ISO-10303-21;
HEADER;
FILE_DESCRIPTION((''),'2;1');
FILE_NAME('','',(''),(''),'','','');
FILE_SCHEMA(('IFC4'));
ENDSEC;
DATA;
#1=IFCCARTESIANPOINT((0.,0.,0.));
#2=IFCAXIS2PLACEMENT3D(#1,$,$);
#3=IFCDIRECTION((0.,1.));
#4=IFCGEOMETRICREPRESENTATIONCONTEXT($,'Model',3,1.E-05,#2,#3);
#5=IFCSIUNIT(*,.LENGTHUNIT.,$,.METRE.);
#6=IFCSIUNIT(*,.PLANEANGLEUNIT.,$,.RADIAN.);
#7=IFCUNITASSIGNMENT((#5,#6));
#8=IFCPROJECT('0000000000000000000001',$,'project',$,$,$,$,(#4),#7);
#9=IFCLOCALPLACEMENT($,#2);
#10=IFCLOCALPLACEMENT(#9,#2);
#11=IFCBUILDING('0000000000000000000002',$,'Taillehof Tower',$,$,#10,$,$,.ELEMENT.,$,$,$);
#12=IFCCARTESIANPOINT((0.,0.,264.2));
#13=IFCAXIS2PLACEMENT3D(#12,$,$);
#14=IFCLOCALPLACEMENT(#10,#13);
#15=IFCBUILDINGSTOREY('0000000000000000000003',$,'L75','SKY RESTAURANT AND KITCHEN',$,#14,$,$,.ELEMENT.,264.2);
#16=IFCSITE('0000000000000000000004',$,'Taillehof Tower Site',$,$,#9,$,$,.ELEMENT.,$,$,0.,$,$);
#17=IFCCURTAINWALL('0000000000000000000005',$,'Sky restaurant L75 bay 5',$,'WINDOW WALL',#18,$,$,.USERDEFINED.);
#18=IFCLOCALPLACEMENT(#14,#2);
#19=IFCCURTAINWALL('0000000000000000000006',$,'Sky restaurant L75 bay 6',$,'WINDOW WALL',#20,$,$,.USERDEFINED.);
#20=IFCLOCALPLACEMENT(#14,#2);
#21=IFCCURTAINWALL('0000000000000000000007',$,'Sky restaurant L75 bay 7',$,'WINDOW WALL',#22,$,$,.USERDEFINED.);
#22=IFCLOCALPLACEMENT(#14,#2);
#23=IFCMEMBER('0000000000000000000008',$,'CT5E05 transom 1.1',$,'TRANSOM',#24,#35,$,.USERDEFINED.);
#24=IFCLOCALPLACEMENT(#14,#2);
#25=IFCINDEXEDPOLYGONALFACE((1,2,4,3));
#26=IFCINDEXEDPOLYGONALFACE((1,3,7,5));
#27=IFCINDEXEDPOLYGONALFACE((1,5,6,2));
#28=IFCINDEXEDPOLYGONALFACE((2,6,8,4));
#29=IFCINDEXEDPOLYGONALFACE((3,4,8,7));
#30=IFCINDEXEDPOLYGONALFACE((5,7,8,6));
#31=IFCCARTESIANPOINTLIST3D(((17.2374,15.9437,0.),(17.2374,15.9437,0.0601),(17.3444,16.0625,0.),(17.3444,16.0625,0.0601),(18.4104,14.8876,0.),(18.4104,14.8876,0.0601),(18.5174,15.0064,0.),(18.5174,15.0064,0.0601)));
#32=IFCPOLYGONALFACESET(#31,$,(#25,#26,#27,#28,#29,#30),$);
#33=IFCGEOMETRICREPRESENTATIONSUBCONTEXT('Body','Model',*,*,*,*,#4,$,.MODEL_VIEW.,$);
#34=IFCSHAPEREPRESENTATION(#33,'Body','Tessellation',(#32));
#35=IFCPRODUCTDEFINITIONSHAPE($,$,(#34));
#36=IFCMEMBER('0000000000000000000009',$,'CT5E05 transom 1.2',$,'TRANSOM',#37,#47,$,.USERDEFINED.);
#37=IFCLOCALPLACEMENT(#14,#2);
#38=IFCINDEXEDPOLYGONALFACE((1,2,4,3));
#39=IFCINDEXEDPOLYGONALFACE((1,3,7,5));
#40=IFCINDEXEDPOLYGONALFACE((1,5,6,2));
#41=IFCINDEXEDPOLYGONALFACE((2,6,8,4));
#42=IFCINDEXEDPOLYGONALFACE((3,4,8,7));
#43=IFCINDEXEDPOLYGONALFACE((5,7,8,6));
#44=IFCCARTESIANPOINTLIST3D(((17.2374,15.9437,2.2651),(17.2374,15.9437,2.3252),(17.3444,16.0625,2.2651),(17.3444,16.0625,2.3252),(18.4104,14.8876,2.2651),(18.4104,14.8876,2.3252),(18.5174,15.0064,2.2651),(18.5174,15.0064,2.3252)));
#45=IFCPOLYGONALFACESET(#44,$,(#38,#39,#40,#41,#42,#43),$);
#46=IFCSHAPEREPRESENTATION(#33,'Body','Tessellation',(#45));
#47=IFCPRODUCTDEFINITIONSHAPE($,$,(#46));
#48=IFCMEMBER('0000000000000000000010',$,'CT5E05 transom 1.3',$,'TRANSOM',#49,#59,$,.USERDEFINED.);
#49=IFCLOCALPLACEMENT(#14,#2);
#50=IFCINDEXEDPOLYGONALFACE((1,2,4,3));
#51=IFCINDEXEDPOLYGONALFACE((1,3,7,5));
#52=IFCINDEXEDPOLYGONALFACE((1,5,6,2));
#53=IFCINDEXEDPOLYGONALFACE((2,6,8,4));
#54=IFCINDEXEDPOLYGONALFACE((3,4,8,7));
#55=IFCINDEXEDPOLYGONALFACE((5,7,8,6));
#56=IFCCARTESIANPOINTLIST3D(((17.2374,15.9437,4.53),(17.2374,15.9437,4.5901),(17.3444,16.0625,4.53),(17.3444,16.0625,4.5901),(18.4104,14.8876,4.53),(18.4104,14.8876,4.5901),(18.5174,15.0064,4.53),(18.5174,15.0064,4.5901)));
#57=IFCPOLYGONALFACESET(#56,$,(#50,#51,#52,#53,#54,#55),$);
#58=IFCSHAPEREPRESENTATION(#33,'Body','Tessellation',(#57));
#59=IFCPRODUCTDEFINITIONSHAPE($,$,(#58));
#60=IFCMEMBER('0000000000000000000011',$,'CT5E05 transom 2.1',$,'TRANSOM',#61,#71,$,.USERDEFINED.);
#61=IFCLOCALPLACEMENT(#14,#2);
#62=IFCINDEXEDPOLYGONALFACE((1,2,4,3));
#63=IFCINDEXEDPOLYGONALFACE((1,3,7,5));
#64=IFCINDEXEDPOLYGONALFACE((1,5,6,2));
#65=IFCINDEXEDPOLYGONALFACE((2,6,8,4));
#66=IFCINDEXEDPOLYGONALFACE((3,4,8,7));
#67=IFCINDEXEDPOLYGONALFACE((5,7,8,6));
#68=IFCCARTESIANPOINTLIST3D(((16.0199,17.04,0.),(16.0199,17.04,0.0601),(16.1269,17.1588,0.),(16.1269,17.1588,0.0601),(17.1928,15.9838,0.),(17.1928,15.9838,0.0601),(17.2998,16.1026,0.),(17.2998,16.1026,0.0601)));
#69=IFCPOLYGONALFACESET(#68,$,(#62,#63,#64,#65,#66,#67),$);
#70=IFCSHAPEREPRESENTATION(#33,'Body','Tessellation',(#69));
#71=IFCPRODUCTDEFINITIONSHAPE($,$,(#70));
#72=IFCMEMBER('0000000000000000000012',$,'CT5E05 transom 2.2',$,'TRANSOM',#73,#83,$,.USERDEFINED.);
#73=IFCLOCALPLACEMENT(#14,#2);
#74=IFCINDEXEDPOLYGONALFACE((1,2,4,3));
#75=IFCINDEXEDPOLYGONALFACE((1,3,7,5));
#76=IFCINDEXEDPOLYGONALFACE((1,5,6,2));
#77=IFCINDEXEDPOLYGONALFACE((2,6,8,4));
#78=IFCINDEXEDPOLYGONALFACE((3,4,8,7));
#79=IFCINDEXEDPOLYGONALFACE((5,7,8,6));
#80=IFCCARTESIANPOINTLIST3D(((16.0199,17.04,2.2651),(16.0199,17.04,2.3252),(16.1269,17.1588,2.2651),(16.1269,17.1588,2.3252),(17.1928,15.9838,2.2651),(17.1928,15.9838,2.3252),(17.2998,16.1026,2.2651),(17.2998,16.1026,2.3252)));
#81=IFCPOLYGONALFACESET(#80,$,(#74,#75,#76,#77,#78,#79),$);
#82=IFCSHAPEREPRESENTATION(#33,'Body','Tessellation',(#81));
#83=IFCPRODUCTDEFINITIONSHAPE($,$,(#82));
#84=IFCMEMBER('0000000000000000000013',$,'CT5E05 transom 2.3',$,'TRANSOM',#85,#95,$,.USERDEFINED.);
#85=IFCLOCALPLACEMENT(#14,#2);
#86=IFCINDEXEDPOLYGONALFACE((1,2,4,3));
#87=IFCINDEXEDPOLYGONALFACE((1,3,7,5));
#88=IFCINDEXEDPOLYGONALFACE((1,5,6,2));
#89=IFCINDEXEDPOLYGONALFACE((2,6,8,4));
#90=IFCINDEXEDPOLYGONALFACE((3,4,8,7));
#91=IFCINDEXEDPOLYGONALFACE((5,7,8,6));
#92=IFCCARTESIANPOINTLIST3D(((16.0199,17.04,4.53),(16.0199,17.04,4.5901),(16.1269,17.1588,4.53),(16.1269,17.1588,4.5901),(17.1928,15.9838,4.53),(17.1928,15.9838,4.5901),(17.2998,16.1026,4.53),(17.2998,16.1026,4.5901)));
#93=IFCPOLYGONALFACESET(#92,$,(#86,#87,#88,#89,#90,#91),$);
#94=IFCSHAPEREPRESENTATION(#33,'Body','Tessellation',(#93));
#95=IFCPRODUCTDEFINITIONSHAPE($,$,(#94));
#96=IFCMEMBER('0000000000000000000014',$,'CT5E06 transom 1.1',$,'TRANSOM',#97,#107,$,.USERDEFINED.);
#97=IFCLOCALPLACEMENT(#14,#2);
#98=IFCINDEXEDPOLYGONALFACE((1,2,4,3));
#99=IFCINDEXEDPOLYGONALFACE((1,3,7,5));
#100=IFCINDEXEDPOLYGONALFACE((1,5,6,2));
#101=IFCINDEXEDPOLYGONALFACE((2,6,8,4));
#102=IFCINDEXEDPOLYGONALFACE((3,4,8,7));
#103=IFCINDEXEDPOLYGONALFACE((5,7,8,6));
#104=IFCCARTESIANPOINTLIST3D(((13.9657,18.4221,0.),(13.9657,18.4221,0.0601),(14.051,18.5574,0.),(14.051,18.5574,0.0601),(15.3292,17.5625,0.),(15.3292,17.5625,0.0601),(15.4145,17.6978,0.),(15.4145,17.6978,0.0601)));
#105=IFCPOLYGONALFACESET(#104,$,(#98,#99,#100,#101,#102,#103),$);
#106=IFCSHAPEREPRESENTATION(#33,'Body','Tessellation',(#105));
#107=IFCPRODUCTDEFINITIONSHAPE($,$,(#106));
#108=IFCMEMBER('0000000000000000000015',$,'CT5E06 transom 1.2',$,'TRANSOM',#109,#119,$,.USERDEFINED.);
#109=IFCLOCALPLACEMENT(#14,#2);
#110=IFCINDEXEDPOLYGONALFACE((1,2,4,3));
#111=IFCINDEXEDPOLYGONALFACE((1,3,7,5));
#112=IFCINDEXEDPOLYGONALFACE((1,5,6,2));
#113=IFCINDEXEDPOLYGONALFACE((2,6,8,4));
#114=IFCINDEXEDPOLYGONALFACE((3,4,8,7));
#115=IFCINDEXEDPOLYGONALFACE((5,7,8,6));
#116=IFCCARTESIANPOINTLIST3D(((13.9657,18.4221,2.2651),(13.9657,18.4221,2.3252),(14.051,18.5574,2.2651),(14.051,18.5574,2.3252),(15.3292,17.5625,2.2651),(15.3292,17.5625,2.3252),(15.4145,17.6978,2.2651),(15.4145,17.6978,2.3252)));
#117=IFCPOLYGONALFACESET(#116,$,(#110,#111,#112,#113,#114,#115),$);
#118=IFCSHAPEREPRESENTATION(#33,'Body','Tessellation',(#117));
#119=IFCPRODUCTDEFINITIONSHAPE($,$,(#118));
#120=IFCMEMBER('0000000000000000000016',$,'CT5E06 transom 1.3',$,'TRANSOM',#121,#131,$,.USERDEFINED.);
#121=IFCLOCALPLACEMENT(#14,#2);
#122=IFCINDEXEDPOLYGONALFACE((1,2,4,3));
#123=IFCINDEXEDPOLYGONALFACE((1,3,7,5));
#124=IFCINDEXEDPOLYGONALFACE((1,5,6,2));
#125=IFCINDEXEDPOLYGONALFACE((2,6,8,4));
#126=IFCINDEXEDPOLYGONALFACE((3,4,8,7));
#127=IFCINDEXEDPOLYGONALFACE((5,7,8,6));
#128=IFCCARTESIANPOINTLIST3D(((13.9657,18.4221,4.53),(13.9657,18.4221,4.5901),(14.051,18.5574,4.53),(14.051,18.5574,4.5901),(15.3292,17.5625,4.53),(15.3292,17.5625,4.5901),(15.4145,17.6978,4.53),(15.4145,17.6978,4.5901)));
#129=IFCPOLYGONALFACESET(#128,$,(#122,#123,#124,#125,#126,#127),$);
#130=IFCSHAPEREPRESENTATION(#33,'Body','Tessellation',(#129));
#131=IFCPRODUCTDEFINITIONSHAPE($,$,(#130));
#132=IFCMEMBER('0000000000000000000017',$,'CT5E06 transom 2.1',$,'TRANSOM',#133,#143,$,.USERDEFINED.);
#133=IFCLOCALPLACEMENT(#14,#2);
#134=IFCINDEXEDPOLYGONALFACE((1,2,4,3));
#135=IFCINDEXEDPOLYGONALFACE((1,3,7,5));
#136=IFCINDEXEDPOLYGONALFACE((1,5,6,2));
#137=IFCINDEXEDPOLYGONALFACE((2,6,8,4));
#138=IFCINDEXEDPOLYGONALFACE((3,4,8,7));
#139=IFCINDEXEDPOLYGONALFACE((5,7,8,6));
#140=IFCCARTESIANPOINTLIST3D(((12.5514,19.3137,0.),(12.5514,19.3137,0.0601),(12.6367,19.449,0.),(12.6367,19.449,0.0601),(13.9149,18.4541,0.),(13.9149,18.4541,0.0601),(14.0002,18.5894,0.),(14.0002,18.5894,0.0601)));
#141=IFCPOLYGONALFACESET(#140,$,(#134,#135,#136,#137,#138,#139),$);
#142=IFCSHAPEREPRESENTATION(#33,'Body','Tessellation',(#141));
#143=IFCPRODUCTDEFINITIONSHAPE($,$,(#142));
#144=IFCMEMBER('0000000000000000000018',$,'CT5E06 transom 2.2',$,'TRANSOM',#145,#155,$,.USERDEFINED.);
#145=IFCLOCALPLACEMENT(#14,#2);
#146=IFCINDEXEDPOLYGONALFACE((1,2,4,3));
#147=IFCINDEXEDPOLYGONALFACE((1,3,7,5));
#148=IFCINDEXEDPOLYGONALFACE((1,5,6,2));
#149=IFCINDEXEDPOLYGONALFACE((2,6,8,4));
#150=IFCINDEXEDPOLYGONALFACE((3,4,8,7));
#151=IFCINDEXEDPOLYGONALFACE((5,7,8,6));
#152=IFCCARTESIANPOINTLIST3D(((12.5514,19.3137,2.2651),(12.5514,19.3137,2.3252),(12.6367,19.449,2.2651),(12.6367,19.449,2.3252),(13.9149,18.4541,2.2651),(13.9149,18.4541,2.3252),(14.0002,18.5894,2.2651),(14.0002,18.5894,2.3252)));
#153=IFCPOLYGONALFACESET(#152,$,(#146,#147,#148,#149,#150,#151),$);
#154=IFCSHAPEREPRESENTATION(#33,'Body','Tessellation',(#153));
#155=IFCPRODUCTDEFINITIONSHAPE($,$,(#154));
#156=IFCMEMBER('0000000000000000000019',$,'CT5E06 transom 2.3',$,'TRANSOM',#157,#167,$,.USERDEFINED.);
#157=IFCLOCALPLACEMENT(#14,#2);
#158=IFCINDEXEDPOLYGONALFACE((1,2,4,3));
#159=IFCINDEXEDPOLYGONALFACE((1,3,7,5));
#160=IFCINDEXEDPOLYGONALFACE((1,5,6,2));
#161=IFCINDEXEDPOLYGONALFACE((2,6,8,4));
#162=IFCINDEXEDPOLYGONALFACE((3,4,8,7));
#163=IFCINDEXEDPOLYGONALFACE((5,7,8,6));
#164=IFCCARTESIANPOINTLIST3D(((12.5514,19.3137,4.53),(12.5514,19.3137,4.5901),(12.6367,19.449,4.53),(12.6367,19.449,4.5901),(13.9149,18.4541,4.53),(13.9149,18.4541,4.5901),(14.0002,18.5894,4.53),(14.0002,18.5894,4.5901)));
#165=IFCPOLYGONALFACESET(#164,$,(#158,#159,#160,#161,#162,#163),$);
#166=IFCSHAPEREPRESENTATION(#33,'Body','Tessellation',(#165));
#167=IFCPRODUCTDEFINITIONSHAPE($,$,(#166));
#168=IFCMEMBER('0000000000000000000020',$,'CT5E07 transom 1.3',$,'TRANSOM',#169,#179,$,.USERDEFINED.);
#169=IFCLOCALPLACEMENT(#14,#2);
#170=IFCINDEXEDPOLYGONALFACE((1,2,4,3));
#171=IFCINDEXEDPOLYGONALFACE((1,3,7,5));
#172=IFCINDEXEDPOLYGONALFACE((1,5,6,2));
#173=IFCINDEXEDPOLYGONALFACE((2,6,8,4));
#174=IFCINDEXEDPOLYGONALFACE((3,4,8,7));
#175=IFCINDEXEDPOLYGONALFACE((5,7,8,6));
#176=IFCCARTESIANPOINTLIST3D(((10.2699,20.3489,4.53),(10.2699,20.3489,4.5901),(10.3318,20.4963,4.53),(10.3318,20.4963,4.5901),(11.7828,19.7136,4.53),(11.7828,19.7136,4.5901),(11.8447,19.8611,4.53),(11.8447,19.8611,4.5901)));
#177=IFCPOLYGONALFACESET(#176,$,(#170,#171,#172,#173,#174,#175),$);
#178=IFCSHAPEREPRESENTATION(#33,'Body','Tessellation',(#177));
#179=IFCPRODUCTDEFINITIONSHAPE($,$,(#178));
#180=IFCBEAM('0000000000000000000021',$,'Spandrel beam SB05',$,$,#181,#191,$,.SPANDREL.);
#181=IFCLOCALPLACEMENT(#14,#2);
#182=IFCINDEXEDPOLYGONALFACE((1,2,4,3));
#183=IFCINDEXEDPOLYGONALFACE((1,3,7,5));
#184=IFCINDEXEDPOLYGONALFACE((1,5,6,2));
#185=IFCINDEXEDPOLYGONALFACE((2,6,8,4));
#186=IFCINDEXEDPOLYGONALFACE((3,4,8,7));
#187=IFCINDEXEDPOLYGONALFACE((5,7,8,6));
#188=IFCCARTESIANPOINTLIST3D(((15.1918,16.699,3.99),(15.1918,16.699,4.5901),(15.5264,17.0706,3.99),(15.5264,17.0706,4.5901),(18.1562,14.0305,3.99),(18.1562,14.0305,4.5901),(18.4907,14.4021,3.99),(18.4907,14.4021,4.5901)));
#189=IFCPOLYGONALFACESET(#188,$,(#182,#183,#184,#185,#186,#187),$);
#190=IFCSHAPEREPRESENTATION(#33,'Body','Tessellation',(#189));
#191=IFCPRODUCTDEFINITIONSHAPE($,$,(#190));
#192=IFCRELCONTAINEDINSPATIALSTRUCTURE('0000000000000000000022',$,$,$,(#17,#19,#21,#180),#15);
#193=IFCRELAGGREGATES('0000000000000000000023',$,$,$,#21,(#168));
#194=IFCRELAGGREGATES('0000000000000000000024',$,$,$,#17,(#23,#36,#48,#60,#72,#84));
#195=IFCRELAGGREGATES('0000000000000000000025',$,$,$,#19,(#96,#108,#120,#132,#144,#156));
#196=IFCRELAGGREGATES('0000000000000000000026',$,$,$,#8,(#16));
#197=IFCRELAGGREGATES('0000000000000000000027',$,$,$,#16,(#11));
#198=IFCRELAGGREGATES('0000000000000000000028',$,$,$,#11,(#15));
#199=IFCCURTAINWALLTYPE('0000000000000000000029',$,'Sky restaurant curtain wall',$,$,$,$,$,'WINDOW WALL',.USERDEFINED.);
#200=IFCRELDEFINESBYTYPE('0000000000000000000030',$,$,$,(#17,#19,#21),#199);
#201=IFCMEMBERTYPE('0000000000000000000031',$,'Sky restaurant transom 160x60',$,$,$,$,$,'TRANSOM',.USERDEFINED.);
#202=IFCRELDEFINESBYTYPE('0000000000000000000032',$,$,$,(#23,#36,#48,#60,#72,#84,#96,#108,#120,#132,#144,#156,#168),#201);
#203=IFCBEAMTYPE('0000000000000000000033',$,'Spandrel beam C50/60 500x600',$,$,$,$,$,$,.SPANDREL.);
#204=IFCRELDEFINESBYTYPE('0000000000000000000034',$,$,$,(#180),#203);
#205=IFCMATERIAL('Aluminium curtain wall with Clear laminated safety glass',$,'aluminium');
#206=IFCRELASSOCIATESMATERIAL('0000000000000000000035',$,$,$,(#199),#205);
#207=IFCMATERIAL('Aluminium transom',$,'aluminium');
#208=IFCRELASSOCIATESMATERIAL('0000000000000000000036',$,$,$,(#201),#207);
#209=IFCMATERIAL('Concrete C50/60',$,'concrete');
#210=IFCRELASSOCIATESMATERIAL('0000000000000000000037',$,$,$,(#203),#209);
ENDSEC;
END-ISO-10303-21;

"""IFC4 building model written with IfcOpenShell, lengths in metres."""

from ifc_helpers import new_model, si_unit, direction, frame, origin, origin_2d, place, context, subcontext, project, spatial, rectangle, extrude, material, material_profile, profile_set, type_object, element, aggregate, save


model = new_model("IFC4")

# Units and contexts
model_context = context("Model", 3, precision=1e-05, world=origin(), true_north=direction((0.0, 1.0)))
body_context = subcontext(model_context, "Body", "Model", "MODEL_VIEW")
ifc_project = project(units=[si_unit("LENGTHUNIT", "METRE"), si_unit("PLANEANGLEUNIT", "RADIAN")], contexts=[model_context])

# Site, building, storey
site_placement = place(None, origin())
site = spatial("IfcSite", under=ifc_project, at=site_placement, Name="Taillehof Tower Site", CompositionType="ELEMENT", RefElevation=0.0)
building_placement = place(site_placement, origin())
building = spatial("IfcBuilding", under=site, at=building_placement, Name="Taillehof Tower", CompositionType="ELEMENT")
storey_placement = place(building_placement, frame((0.0, 0.0, 264.2)))
storey = spatial("IfcBuildingStorey", under=building, at=storey_placement, Name="L75", Description="SKY RESTAURANT AND KITCHEN", CompositionType="ELEMENT", Elevation=264.2)

# Shared definitions
ifc_material_1 = material(Name="Aluminium curtain wall with Clear laminated safety glass", Category="aluminium")
curtain_wall_type = type_object("IfcCurtainWallType", Name="Sky restaurant curtain wall", ElementType="WINDOW WALL", PredefinedType="USERDEFINED", material=ifc_material_1)

# Curtain walls
curtain_wall_1_placement = place(storey_placement, origin())
curtain_wall_1 = element("IfcCurtainWall", 1, at=curtain_wall_1_placement, inside=storey, type_object=curtain_wall_type, Name="Sky restaurant L75 bay 5", ObjectType="WINDOW WALL", PredefinedType="USERDEFINED")
curtain_wall_2_placement = place(storey_placement, origin())
curtain_wall_2 = element("IfcCurtainWall", 2, at=curtain_wall_2_placement, inside=storey, type_object=curtain_wall_type, Name="Sky restaurant L75 bay 6", ObjectType="WINDOW WALL", PredefinedType="USERDEFINED")

# Curtain wall
curtain_wall_3_placement = place(storey_placement, origin())
curtain_wall_3 = element("IfcCurtainWall", 3, at=curtain_wall_3_placement, inside=storey, type_object=curtain_wall_type, Name="Sky restaurant L75 bay 7", ObjectType="WINDOW WALL", PredefinedType="USERDEFINED")

# Members
ifc_material_2 = material(Name="Aluminium transom", Category="aluminium")
ifc_material_profile_1 = material_profile(ifc_material_2, rectangle(XDim=0.1599, YDim=0.0601, at=origin_2d()), Name="AL 160x60")
ifc_profile_set_1 = profile_set([ifc_material_profile_1], Name="Aluminium transom")
member_type_1 = type_object("IfcMemberType", Name="Sky restaurant transom 160x60", ElementType="TRANSOM", PredefinedType="USERDEFINED", material=ifc_profile_set_1)
member_1_placement = place(storey_placement, frame((18.4639, 14.947, 0.03), z_axis=(-0.743179, 0.669093, 0.0), x_axis=(-0.669093, -0.743179, 0.0)))
member_1 = element("IfcMember", 4, at=member_1_placement, type_object=member_type_1, Name="CT5E05 transom 1.1", ObjectType="TRANSOM", PredefinedType="USERDEFINED", context=body_context, shape_type="SweptSolid", body=[
    extrude(rectangle(XDim=0.1599, YDim=0.0601, at=origin_2d()), origin(), (0.0, 0.0, 1.0), 1.5784),
])
member_2_placement = place(storey_placement, frame((18.4639, 14.947, 2.2952), z_axis=(-0.743179, 0.669093, 0.0), x_axis=(-0.669093, -0.743179, 0.0)))
member_2 = element("IfcMember", 5, at=member_2_placement, type_object=member_type_1, Name="CT5E05 transom 1.2", ObjectType="TRANSOM", PredefinedType="USERDEFINED", context=body_context, shape_type="SweptSolid", body=[
    extrude(rectangle(XDim=0.1599, YDim=0.0601, at=origin_2d()), origin(), (0.0, 0.0, 1.0), 1.5784),
])
member_3_placement = place(storey_placement, frame((18.4639, 14.947, 4.5601), z_axis=(-0.743179, 0.669093, 0.0), x_axis=(-0.669093, -0.743179, 0.0)))
member_3 = element("IfcMember", 6, at=member_3_placement, type_object=member_type_1, Name="CT5E05 transom 1.3", ObjectType="TRANSOM", PredefinedType="USERDEFINED", context=body_context, shape_type="SweptSolid", body=[
    extrude(rectangle(XDim=0.1599, YDim=0.0601, at=origin_2d()), origin(), (0.0, 0.0, 1.0), 1.5784),
])
member_4_placement = place(storey_placement, frame((17.2463, 16.0432, 0.03), z_axis=(-0.74311, 0.66917, 0.0), x_axis=(-0.66917, -0.74311, 0.0)))
member_4 = element("IfcMember", 7, at=member_4_placement, type_object=member_type_1, Name="CT5E05 transom 2.1", ObjectType="TRANSOM", PredefinedType="USERDEFINED", context=body_context, shape_type="SweptSolid", body=[
    extrude(rectangle(XDim=0.1599, YDim=0.0601, at=origin_2d()), origin(), (0.0, 0.0, 1.0), 1.5784),
])
member_5_placement = place(storey_placement, frame((17.2463, 16.0432, 2.2952), z_axis=(-0.74311, 0.66917, 0.0), x_axis=(-0.66917, -0.74311, 0.0)))
member_5 = element("IfcMember", 8, at=member_5_placement, type_object=member_type_1, Name="CT5E05 transom 2.2", ObjectType="TRANSOM", PredefinedType="USERDEFINED", context=body_context, shape_type="SweptSolid", body=[
    extrude(rectangle(XDim=0.1599, YDim=0.0601, at=origin_2d()), origin(), (0.0, 0.0, 1.0), 1.5784),
])
member_6_placement = place(storey_placement, frame((17.2463, 16.0432, 4.5601), z_axis=(-0.74311, 0.66917, 0.0), x_axis=(-0.66917, -0.74311, 0.0)))
member_6 = element("IfcMember", 9, at=member_6_placement, type_object=member_type_1, Name="CT5E05 transom 2.3", ObjectType="TRANSOM", PredefinedType="USERDEFINED", context=body_context, shape_type="SweptSolid", body=[
    extrude(rectangle(XDim=0.1599, YDim=0.0601, at=origin_2d()), origin(), (0.0, 0.0, 1.0), 1.5784),
])
member_7_placement = place(storey_placement, frame((15.3718, 17.6301, 0.03), z_axis=(-0.845924, 0.533303, 0.0), x_axis=(-0.533303, -0.845924, 0.0)))
member_7 = element("IfcMember", 10, at=member_7_placement, type_object=member_type_1, Name="CT5E06 transom 1.1", ObjectType="TRANSOM", PredefinedType="USERDEFINED", context=body_context, shape_type="SweptSolid", body=[
    extrude(rectangle(XDim=0.1599, YDim=0.0601, at=origin_2d()), origin(), (0.0, 0.0, 1.0), 1.6118),
])
member_8_placement = place(storey_placement, frame((15.3718, 17.6301, 2.2952), z_axis=(-0.845924, 0.533303, 0.0), x_axis=(-0.533303, -0.845924, 0.0)))
member_8 = element("IfcMember", 11, at=member_8_placement, type_object=member_type_1, Name="CT5E06 transom 1.2", ObjectType="TRANSOM", PredefinedType="USERDEFINED", context=body_context, shape_type="SweptSolid", body=[
    extrude(rectangle(XDim=0.1599, YDim=0.0601, at=origin_2d()), origin(), (0.0, 0.0, 1.0), 1.6118),
])
member_9_placement = place(storey_placement, frame((15.3718, 17.6301, 4.5601), z_axis=(-0.845924, 0.533303, 0.0), x_axis=(-0.533303, -0.845924, 0.0)))
member_9 = element("IfcMember", 12, at=member_9_placement, type_object=member_type_1, Name="CT5E06 transom 1.3", ObjectType="TRANSOM", PredefinedType="USERDEFINED", context=body_context, shape_type="SweptSolid", body=[
    extrude(rectangle(XDim=0.1599, YDim=0.0601, at=origin_2d()), origin(), (0.0, 0.0, 1.0), 1.6118),
])
member_10_placement = place(storey_placement, frame((13.9575, 18.5217, 0.03), z_axis=(-0.845924, 0.533303, 0.0), x_axis=(-0.533303, -0.845924, 0.0)))
member_10 = element("IfcMember", 13, at=member_10_placement, type_object=member_type_1, Name="CT5E06 transom 2.1", ObjectType="TRANSOM", PredefinedType="USERDEFINED", context=body_context, shape_type="SweptSolid", body=[
    extrude(rectangle(XDim=0.1599, YDim=0.0601, at=origin_2d()), origin(), (0.0, 0.0, 1.0), 1.6118),
])
member_11_placement = place(storey_placement, frame((13.9575, 18.5217, 2.2952), z_axis=(-0.845924, 0.533303, 0.0), x_axis=(-0.533303, -0.845924, 0.0)))
member_11 = element("IfcMember", 14, at=member_11_placement, type_object=member_type_1, Name="CT5E06 transom 2.2", ObjectType="TRANSOM", PredefinedType="USERDEFINED", context=body_context, shape_type="SweptSolid", body=[
    extrude(rectangle(XDim=0.1599, YDim=0.0601, at=origin_2d()), origin(), (0.0, 0.0, 1.0), 1.6118),
])
member_12_placement = place(storey_placement, frame((13.9575, 18.5217, 4.5601), z_axis=(-0.845924, 0.533303, 0.0), x_axis=(-0.533303, -0.845924, 0.0)))
member_12 = element("IfcMember", 15, at=member_12_placement, type_object=member_type_1, Name="CT5E06 transom 2.3", ObjectType="TRANSOM", PredefinedType="USERDEFINED", context=body_context, shape_type="SweptSolid", body=[
    extrude(rectangle(XDim=0.1599, YDim=0.0601, at=origin_2d()), origin(), (0.0, 0.0, 1.0), 1.6118),
])
member_13_placement = place(storey_placement, frame((11.8137, 19.7874, 4.5601), z_axis=(-0.922021, 0.387139, 0.0), x_axis=(-0.387139, -0.922021, 0.0)))
member_13 = element("IfcMember", 16, at=member_13_placement, type_object=member_type_1, Name="CT5E07 transom 1.3", ObjectType="TRANSOM", PredefinedType="USERDEFINED", context=body_context, shape_type="SweptSolid", body=[
    extrude(rectangle(XDim=0.1599, YDim=0.0601, at=origin_2d()), origin(), (0.0, 0.0, 1.0), 1.6409),
])
aggregate(curtain_wall_3, [member_13])

# Beam
ifc_material_3 = material(Name="Concrete C50/60", Category="concrete")
ifc_material_profile_2 = material_profile(ifc_material_3, rectangle(XDim=0.5, YDim=0.6001, at=origin_2d()), Name="RC 500x600")
ifc_profile_set_2 = profile_set([ifc_material_profile_2], Name="Concrete C50/60")
beam_type_1 = type_object("IfcBeamType", Name="Spandrel beam C50/60 500x600", PredefinedType="SPANDREL", material=ifc_profile_set_2)
beam_1_placement = place(storey_placement, frame((18.3235, 14.2163, 4.29), z_axis=(-0.743227, 0.669039, 0.0), x_axis=(-0.669039, -0.743227, 0.0)))
element("IfcBeam", 17, at=beam_1_placement, inside=storey, type_object=beam_type_1, Name="Spandrel beam SB05", PredefinedType="SPANDREL", context=body_context, shape_type="SweptSolid", body=[
    extrude(rectangle(XDim=0.5, YDim=0.6001, at=origin_2d()), origin(), (0.0, 0.0, 1.0), 3.9885),
])

aggregate(curtain_wall_1, [member_1, member_2, member_3, member_4, member_5, member_6])
aggregate(curtain_wall_2, [member_7, member_8, member_9, member_10, member_11, member_12])

save(model, "model.ifc")
